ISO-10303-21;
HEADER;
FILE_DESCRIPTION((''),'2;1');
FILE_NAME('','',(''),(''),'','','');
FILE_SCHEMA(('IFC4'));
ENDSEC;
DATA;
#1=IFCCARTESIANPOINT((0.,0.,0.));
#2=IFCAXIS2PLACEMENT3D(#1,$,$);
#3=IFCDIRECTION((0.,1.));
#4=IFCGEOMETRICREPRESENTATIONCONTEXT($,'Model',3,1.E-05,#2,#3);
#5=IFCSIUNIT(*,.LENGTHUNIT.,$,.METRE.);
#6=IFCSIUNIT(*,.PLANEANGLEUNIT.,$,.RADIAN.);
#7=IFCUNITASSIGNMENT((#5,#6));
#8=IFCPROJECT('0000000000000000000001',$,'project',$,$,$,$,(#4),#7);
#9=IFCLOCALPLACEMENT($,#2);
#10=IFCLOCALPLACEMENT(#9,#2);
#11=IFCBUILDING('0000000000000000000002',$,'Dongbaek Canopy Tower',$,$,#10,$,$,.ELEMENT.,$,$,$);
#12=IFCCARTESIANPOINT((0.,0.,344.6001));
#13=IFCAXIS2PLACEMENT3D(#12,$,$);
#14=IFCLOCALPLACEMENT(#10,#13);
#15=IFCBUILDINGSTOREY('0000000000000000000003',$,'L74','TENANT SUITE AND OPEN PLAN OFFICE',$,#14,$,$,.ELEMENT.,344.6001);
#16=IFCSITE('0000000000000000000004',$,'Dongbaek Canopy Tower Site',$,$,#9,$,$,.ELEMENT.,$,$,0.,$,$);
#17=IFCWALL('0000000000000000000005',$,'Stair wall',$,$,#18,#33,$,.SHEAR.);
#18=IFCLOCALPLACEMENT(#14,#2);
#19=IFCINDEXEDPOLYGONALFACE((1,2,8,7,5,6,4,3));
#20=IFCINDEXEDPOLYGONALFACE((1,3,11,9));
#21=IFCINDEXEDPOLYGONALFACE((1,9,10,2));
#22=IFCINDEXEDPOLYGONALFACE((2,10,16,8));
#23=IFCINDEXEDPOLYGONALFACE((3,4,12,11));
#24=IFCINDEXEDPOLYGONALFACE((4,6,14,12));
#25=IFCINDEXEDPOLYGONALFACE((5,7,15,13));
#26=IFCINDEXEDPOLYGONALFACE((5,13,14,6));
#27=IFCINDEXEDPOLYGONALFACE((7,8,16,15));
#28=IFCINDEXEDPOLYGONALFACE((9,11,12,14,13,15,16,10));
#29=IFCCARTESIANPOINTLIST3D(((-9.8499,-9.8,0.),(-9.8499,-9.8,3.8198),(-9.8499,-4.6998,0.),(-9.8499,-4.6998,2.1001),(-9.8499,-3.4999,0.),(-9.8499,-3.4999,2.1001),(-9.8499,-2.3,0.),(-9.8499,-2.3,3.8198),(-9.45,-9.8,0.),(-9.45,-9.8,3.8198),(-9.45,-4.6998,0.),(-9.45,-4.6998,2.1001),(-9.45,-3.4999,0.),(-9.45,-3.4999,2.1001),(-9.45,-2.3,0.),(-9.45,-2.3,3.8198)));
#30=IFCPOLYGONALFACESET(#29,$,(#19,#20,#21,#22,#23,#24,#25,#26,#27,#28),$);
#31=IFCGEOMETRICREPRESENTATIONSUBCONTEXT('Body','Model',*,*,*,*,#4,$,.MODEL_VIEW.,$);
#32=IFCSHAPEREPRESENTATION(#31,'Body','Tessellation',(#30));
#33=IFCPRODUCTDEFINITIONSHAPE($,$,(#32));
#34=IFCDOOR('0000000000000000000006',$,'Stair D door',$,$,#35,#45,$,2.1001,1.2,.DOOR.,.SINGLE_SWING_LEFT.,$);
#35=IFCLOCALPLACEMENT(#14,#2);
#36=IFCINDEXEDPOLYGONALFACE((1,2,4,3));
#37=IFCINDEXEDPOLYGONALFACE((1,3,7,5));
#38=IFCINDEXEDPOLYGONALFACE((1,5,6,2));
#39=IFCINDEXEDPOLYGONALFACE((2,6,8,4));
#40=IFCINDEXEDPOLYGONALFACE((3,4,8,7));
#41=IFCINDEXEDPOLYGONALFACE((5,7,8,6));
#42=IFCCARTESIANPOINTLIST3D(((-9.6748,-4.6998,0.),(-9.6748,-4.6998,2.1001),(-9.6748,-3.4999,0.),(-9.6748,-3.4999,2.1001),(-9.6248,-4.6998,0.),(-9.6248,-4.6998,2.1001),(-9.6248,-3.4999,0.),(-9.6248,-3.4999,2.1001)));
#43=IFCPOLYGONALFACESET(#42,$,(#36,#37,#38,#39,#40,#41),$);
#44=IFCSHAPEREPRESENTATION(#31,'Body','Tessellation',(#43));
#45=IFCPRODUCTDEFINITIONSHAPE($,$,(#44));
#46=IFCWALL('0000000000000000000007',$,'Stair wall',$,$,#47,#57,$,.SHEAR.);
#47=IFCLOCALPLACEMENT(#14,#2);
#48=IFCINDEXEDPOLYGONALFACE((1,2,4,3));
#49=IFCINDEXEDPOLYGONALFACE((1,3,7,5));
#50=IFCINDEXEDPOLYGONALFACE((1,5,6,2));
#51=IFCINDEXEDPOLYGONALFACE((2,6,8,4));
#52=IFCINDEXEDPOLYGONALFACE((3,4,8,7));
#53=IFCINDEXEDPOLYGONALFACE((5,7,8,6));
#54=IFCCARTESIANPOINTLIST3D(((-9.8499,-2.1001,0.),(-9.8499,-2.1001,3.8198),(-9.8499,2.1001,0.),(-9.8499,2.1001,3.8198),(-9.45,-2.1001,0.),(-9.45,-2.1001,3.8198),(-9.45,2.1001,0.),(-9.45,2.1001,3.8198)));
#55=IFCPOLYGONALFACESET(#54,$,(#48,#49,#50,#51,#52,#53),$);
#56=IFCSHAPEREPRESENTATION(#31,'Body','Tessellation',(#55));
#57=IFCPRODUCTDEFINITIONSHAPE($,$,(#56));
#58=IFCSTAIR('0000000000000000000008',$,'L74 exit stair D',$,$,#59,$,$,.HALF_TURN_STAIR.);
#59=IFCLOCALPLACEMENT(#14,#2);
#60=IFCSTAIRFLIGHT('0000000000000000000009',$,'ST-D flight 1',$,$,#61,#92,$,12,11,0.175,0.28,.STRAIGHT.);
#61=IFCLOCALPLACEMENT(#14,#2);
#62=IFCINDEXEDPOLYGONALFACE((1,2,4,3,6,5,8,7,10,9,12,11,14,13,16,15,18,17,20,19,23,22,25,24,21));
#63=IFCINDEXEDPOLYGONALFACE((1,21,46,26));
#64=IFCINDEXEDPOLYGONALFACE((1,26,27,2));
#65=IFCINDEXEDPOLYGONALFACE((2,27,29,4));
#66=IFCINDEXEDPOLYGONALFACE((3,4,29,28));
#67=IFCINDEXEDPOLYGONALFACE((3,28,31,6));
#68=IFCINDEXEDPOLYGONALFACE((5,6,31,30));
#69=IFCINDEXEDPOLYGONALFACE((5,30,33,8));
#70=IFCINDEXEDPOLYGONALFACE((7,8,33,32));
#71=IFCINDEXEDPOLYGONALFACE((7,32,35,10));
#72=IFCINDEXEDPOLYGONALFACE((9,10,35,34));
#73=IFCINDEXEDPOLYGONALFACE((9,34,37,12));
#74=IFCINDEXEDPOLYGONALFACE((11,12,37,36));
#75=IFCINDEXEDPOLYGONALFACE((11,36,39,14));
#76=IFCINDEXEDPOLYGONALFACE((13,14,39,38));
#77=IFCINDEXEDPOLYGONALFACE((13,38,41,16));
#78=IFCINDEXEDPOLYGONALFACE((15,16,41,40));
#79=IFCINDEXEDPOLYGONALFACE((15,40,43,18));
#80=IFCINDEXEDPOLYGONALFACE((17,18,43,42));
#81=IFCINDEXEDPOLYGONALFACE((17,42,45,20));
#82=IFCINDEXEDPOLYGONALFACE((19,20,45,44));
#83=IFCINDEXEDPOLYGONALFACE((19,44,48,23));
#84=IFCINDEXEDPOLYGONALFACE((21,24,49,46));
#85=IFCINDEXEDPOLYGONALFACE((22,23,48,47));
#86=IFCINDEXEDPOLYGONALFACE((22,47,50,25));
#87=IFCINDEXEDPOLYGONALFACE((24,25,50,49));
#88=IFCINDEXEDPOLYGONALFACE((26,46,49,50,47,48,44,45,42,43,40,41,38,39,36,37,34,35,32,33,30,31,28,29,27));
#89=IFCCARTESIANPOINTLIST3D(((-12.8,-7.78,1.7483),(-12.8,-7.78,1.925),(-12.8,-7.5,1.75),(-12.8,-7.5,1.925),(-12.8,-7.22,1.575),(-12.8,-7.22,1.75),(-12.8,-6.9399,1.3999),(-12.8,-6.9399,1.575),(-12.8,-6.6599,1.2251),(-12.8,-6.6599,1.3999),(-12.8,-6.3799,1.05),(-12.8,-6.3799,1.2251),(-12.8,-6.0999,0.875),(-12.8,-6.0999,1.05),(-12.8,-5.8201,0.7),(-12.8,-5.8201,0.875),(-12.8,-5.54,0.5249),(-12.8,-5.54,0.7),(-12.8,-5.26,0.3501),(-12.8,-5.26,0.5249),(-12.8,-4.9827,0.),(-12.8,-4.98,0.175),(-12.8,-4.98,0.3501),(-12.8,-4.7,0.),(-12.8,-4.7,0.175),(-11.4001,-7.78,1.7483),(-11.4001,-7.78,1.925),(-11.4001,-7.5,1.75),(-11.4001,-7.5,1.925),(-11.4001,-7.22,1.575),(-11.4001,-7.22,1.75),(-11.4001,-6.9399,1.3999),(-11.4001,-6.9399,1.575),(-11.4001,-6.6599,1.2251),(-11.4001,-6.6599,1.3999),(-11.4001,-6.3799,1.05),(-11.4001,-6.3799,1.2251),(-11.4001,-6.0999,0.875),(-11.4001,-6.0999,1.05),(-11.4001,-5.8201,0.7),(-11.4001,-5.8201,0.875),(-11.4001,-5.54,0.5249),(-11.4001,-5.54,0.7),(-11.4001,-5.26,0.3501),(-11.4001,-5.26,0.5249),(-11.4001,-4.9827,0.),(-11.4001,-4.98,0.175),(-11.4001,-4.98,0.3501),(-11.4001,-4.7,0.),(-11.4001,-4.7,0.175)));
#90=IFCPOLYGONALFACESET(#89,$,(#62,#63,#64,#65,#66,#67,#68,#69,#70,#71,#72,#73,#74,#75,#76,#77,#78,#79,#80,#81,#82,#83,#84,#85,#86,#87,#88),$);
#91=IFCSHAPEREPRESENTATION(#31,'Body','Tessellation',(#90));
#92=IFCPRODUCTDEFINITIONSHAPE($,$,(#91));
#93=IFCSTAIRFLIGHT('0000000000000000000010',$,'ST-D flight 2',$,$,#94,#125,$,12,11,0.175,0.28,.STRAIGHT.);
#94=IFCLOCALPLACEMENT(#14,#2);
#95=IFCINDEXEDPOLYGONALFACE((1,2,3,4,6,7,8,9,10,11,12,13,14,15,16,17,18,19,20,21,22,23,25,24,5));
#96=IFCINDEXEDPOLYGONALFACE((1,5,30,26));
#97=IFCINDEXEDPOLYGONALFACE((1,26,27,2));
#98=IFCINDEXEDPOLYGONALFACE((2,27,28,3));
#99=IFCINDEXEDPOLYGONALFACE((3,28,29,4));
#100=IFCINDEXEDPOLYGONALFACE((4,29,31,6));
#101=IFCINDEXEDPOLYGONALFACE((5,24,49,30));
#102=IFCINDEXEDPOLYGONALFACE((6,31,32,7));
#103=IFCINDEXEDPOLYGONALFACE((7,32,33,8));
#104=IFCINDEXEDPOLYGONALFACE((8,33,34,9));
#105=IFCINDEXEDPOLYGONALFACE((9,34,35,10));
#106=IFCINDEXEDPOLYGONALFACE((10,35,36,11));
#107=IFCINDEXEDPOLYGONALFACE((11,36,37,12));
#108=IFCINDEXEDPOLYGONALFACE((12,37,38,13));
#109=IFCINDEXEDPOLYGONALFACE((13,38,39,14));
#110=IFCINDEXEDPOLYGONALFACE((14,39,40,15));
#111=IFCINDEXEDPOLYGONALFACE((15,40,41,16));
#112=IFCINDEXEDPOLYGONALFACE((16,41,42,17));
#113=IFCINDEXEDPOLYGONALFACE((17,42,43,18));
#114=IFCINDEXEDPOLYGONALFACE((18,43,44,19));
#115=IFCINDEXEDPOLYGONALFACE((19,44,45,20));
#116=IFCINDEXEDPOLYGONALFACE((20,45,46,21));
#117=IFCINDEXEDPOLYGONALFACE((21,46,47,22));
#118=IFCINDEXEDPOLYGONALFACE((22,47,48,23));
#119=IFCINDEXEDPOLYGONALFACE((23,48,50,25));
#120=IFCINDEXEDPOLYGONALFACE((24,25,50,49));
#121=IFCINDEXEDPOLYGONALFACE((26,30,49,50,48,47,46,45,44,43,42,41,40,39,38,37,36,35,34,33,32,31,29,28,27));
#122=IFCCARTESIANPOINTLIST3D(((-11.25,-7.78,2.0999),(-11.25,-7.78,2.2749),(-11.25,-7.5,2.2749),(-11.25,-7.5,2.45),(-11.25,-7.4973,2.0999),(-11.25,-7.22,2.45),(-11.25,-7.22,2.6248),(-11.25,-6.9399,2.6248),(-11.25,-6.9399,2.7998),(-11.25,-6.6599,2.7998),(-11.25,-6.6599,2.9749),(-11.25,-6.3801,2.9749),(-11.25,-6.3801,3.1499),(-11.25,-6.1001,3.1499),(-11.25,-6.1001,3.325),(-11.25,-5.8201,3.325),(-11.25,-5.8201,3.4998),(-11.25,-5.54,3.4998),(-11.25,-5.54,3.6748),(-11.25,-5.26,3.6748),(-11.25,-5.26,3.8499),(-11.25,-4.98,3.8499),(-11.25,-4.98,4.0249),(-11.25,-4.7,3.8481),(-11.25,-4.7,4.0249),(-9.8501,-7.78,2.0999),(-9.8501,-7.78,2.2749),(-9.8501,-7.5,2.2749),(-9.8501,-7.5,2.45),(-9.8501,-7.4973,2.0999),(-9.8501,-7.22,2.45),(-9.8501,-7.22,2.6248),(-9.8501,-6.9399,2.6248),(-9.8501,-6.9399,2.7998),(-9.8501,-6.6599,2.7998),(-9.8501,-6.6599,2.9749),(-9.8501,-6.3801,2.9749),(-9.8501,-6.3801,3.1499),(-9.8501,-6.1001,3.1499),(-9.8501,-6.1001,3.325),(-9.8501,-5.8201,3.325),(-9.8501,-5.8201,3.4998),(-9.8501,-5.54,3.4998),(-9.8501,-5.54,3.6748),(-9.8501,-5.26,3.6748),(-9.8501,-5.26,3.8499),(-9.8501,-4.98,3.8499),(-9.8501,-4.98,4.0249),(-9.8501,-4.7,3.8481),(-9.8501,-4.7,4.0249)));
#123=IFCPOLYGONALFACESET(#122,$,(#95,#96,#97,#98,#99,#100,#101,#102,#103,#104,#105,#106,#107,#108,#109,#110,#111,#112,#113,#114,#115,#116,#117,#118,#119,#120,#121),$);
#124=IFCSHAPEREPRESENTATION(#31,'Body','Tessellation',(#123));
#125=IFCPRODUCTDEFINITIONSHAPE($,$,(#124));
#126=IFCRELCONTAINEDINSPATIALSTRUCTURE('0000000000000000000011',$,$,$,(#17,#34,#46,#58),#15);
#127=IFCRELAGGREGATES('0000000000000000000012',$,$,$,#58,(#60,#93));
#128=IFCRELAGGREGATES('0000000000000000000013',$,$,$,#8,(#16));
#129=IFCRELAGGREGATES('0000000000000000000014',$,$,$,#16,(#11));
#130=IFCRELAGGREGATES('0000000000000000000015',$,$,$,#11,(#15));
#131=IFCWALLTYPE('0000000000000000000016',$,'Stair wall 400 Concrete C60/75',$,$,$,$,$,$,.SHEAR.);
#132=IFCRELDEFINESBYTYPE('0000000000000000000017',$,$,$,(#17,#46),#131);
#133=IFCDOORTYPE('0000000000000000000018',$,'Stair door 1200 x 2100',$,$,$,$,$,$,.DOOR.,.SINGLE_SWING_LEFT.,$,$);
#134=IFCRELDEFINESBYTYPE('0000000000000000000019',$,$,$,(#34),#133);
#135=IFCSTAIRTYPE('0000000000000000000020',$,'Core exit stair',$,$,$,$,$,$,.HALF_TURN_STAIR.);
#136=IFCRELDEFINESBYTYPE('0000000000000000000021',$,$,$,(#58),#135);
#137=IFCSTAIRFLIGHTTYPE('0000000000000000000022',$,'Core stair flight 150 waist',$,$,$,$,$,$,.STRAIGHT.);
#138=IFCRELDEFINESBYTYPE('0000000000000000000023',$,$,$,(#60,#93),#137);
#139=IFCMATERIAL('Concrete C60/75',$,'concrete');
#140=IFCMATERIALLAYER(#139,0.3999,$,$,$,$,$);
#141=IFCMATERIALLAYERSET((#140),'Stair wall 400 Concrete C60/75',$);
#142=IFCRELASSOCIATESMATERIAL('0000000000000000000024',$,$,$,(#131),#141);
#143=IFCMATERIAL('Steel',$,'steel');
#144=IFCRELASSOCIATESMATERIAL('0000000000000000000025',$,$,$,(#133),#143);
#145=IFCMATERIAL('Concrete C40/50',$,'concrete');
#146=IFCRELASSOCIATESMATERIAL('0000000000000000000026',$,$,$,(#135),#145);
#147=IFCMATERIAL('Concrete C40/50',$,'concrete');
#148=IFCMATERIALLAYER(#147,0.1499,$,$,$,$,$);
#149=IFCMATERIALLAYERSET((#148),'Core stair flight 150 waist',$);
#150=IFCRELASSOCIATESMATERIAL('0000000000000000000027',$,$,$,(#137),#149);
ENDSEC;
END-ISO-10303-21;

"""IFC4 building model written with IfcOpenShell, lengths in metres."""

from ifc_helpers import new_model, si_unit, direction, frame, frame_2d, origin, place, context, subcontext, project, spatial, polyline, rectangle, outline, extrude, material, layer, layer_set, type_object, element, fill, aggregate, save


model = new_model("IFC4")

# Units and contexts
model_context = context("Model", 3, precision=1e-05, world=origin(), true_north=direction((0.0, 1.0)))
body_context = subcontext(model_context, "Body", "Model", "MODEL_VIEW")
ifc_project = project(units=[si_unit("LENGTHUNIT", "METRE"), si_unit("PLANEANGLEUNIT", "RADIAN")], contexts=[model_context])

# Site, building, storey
site_placement = place(None, origin())
site = spatial("IfcSite", under=ifc_project, at=site_placement, Name="Dongbaek Canopy Tower Site", CompositionType="ELEMENT", RefElevation=0.0)
building_placement = place(site_placement, origin())
building = spatial("IfcBuilding", under=site, at=building_placement, Name="Dongbaek Canopy Tower", CompositionType="ELEMENT")
storey_placement = place(building_placement, frame((0.0, 0.0, 344.6001)))
storey = spatial("IfcBuildingStorey", under=building, at=storey_placement, Name="L74", Description="TENANT SUITE AND OPEN PLAN OFFICE", CompositionType="ELEMENT", Elevation=344.6001)

# Wall, opening, door
ifc_material_1 = material(Name="Concrete C60/75", Category="concrete")
ifc_layer_1 = layer(ifc_material_1, 0.3999)
ifc_layer_set_1 = layer_set([ifc_layer_1], Name="Stair wall 400 Concrete C60/75")
wall_type_1 = type_object("IfcWallType", Name="Stair wall 400 Concrete C60/75", PredefinedType="SHEAR", material=ifc_layer_set_1)
wall_1_placement = place(storey_placement, frame((-9.6499, -9.8, 0.0), z_axis=(0.0, 0.0, 1.0), x_axis=(0.0, 1.0, 0.0)))
wall_1 = element("IfcWall", 1, at=wall_1_placement, inside=storey, type_object=wall_type_1, Name="Stair wall", PredefinedType="SHEAR", context=body_context, shape_type="SweptSolid", body=[
    extrude(rectangle(XDim=7.5, YDim=0.3999, at=frame_2d((3.75, 0.0))), origin(), (0.0, 0.0, 1.0), 3.8198),
])
opening_1_placement = place(wall_1_placement, frame((5.1001, 0.0, 0.0)))
opening_1 = element("IfcOpeningElement", 2, at=opening_1_placement, cuts=wall_1, PredefinedType="OPENING", context=body_context, shape_type="SweptSolid", body=[
    extrude(rectangle(XDim=1.2, YDim=2.1001, at=frame_2d((0.6001, 1.05))), frame((0.0, 0.21, 0.0), z_axis=(0.0, -1.0, 0.0), x_axis=(1.0, 0.0, 0.0)), (0.0, 0.0, 1.0), 0.4199),
])
ifc_material_2 = material(Name="Steel", Category="steel")
door_type_1 = type_object("IfcDoorType", Name="Stair door 1200 x 2100", OperationType="SINGLE_SWING_LEFT", PredefinedType="DOOR", material=ifc_material_2)
door_1_placement = place(opening_1_placement, origin())
door_1 = element("IfcDoor", 3, at=door_1_placement, inside=storey, type_object=door_type_1, Name="Stair D door", OperationType="SINGLE_SWING_LEFT", OverallHeight=2.1001, OverallWidth=1.2, PredefinedType="DOOR", context=body_context, shape_type="SweptSolid", body=[
    extrude(rectangle(XDim=1.2, YDim=2.1001, at=frame_2d((0.6001, 1.05))), frame((0.0, 0.0249, 0.0), z_axis=(0.0, -1.0, 0.0), x_axis=(1.0, 0.0, 0.0)), (0.0, 0.0, 1.0), 0.05),
])
fill(opening_1, door_1)

# Wall
wall_2_placement = place(storey_placement, frame((-9.6499, -2.1001, 0.0), z_axis=(0.0, 0.0, 1.0), x_axis=(0.0, 1.0, 0.0)))
element("IfcWall", 4, at=wall_2_placement, inside=storey, type_object=wall_type_1, Name="Stair wall", PredefinedType="SHEAR", context=body_context, shape_type="SweptSolid", body=[
    extrude(rectangle(XDim=4.2002, YDim=0.3999, at=frame_2d((2.1001, 0.0))), origin(), (0.0, 0.0, 1.0), 3.8198),
])

# Stair, stair flights
ifc_material_3 = material(Name="Concrete C40/50", Category="concrete")
stair_type = type_object("IfcStairType", Name="Core exit stair", PredefinedType="HALF_TURN_STAIR", material=ifc_material_3)
stair_placement = place(storey_placement, origin())
stair = element("IfcStair", 5, at=stair_placement, inside=storey, type_object=stair_type, Name="L74 exit stair D", PredefinedType="HALF_TURN_STAIR")
ifc_material_4 = material(Name="Concrete C40/50", Category="concrete")
ifc_layer_2 = layer(ifc_material_4, 0.1499)
ifc_layer_set_2 = layer_set([ifc_layer_2], Name="Core stair flight 150 waist")
stair_flight_type = type_object("IfcStairFlightType", Name="Core stair flight 150 waist", PredefinedType="STRAIGHT", material=ifc_layer_set_2)
stair_flight_1_placement = place(storey_placement, frame((-12.1001, -4.7, 0.0), z_axis=(0.0, 0.0, 1.0), x_axis=(0.0, -1.0, 0.0)))
stair_flight_1 = element("IfcStairFlight", 6, at=stair_flight_1_placement, type_object=stair_flight_type, Name="ST-D flight 1", NumberOfRisers=12, NumberOfTreads=11, PredefinedType="STRAIGHT", RiserHeight=0.175, TreadLength=0.28, context=body_context, shape_type="SweptSolid", body=[
    extrude(outline(polyline([(0.0, 0.0), (0.0, 0.175), (0.28, 0.175), (0.28, 0.3501), (0.5601, 0.3501), (0.5601, 0.5249), (0.8401, 0.5249), (0.8401, 0.7), (1.1201, 0.7), (1.1201, 0.875), (1.3999, 0.875), (1.3999, 1.05), (1.6799, 1.05), (1.6799, 1.2251), (1.96, 1.2251), (1.96, 1.3999), (2.24, 1.3999), (2.24, 1.575), (2.52, 1.575), (2.52, 1.75), (2.8, 1.75), (2.8, 1.925), (3.0801, 1.925), (3.0801, 2.1001), (3.0801, 1.7483), (0.2827, 0.0), (0.0, 0.0)])), frame((0.0, 0.7, 0.0), z_axis=(0.0, -1.0, 0.0), x_axis=(1.0, 0.0, 0.0)), (0.0, 0.0, 1.0), 1.3999),
])
stair_flight_2_placement = place(storey_placement, frame((-10.55, -7.78, 2.0999), z_axis=(0.0, 0.0, 1.0), x_axis=(0.0, 1.0, 0.0)))
stair_flight_2 = element("IfcStairFlight", 7, at=stair_flight_2_placement, type_object=stair_flight_type, Name="ST-D flight 2", NumberOfRisers=12, NumberOfTreads=11, PredefinedType="STRAIGHT", RiserHeight=0.175, TreadLength=0.28, context=body_context, shape_type="SweptSolid", body=[
    extrude(outline(polyline([(0.0, 0.0), (0.0, 0.175), (0.28, 0.175), (0.28, 0.3501), (0.5601, 0.3501), (0.5601, 0.5249), (0.8401, 0.5249), (0.8401, 0.7), (1.1201, 0.7), (1.1201, 0.875), (1.3999, 0.875), (1.3999, 1.05), (1.6799, 1.05), (1.6799, 1.2251), (1.96, 1.2251), (1.96, 1.3999), (2.24, 1.3999), (2.24, 1.575), (2.52, 1.575), (2.52, 1.75), (2.8, 1.75), (2.8, 1.925), (3.0801, 1.925), (3.0801, 2.1001), (3.0801, 1.7483), (0.2827, 0.0), (0.0, 0.0)])), frame((0.0, 0.7, 0.0), z_axis=(0.0, -1.0, 0.0), x_axis=(1.0, 0.0, 0.0)), (0.0, 0.0, 1.0), 1.3999),
])
aggregate(stair, [stair_flight_1, stair_flight_2])

save(model, "model.ifc")
